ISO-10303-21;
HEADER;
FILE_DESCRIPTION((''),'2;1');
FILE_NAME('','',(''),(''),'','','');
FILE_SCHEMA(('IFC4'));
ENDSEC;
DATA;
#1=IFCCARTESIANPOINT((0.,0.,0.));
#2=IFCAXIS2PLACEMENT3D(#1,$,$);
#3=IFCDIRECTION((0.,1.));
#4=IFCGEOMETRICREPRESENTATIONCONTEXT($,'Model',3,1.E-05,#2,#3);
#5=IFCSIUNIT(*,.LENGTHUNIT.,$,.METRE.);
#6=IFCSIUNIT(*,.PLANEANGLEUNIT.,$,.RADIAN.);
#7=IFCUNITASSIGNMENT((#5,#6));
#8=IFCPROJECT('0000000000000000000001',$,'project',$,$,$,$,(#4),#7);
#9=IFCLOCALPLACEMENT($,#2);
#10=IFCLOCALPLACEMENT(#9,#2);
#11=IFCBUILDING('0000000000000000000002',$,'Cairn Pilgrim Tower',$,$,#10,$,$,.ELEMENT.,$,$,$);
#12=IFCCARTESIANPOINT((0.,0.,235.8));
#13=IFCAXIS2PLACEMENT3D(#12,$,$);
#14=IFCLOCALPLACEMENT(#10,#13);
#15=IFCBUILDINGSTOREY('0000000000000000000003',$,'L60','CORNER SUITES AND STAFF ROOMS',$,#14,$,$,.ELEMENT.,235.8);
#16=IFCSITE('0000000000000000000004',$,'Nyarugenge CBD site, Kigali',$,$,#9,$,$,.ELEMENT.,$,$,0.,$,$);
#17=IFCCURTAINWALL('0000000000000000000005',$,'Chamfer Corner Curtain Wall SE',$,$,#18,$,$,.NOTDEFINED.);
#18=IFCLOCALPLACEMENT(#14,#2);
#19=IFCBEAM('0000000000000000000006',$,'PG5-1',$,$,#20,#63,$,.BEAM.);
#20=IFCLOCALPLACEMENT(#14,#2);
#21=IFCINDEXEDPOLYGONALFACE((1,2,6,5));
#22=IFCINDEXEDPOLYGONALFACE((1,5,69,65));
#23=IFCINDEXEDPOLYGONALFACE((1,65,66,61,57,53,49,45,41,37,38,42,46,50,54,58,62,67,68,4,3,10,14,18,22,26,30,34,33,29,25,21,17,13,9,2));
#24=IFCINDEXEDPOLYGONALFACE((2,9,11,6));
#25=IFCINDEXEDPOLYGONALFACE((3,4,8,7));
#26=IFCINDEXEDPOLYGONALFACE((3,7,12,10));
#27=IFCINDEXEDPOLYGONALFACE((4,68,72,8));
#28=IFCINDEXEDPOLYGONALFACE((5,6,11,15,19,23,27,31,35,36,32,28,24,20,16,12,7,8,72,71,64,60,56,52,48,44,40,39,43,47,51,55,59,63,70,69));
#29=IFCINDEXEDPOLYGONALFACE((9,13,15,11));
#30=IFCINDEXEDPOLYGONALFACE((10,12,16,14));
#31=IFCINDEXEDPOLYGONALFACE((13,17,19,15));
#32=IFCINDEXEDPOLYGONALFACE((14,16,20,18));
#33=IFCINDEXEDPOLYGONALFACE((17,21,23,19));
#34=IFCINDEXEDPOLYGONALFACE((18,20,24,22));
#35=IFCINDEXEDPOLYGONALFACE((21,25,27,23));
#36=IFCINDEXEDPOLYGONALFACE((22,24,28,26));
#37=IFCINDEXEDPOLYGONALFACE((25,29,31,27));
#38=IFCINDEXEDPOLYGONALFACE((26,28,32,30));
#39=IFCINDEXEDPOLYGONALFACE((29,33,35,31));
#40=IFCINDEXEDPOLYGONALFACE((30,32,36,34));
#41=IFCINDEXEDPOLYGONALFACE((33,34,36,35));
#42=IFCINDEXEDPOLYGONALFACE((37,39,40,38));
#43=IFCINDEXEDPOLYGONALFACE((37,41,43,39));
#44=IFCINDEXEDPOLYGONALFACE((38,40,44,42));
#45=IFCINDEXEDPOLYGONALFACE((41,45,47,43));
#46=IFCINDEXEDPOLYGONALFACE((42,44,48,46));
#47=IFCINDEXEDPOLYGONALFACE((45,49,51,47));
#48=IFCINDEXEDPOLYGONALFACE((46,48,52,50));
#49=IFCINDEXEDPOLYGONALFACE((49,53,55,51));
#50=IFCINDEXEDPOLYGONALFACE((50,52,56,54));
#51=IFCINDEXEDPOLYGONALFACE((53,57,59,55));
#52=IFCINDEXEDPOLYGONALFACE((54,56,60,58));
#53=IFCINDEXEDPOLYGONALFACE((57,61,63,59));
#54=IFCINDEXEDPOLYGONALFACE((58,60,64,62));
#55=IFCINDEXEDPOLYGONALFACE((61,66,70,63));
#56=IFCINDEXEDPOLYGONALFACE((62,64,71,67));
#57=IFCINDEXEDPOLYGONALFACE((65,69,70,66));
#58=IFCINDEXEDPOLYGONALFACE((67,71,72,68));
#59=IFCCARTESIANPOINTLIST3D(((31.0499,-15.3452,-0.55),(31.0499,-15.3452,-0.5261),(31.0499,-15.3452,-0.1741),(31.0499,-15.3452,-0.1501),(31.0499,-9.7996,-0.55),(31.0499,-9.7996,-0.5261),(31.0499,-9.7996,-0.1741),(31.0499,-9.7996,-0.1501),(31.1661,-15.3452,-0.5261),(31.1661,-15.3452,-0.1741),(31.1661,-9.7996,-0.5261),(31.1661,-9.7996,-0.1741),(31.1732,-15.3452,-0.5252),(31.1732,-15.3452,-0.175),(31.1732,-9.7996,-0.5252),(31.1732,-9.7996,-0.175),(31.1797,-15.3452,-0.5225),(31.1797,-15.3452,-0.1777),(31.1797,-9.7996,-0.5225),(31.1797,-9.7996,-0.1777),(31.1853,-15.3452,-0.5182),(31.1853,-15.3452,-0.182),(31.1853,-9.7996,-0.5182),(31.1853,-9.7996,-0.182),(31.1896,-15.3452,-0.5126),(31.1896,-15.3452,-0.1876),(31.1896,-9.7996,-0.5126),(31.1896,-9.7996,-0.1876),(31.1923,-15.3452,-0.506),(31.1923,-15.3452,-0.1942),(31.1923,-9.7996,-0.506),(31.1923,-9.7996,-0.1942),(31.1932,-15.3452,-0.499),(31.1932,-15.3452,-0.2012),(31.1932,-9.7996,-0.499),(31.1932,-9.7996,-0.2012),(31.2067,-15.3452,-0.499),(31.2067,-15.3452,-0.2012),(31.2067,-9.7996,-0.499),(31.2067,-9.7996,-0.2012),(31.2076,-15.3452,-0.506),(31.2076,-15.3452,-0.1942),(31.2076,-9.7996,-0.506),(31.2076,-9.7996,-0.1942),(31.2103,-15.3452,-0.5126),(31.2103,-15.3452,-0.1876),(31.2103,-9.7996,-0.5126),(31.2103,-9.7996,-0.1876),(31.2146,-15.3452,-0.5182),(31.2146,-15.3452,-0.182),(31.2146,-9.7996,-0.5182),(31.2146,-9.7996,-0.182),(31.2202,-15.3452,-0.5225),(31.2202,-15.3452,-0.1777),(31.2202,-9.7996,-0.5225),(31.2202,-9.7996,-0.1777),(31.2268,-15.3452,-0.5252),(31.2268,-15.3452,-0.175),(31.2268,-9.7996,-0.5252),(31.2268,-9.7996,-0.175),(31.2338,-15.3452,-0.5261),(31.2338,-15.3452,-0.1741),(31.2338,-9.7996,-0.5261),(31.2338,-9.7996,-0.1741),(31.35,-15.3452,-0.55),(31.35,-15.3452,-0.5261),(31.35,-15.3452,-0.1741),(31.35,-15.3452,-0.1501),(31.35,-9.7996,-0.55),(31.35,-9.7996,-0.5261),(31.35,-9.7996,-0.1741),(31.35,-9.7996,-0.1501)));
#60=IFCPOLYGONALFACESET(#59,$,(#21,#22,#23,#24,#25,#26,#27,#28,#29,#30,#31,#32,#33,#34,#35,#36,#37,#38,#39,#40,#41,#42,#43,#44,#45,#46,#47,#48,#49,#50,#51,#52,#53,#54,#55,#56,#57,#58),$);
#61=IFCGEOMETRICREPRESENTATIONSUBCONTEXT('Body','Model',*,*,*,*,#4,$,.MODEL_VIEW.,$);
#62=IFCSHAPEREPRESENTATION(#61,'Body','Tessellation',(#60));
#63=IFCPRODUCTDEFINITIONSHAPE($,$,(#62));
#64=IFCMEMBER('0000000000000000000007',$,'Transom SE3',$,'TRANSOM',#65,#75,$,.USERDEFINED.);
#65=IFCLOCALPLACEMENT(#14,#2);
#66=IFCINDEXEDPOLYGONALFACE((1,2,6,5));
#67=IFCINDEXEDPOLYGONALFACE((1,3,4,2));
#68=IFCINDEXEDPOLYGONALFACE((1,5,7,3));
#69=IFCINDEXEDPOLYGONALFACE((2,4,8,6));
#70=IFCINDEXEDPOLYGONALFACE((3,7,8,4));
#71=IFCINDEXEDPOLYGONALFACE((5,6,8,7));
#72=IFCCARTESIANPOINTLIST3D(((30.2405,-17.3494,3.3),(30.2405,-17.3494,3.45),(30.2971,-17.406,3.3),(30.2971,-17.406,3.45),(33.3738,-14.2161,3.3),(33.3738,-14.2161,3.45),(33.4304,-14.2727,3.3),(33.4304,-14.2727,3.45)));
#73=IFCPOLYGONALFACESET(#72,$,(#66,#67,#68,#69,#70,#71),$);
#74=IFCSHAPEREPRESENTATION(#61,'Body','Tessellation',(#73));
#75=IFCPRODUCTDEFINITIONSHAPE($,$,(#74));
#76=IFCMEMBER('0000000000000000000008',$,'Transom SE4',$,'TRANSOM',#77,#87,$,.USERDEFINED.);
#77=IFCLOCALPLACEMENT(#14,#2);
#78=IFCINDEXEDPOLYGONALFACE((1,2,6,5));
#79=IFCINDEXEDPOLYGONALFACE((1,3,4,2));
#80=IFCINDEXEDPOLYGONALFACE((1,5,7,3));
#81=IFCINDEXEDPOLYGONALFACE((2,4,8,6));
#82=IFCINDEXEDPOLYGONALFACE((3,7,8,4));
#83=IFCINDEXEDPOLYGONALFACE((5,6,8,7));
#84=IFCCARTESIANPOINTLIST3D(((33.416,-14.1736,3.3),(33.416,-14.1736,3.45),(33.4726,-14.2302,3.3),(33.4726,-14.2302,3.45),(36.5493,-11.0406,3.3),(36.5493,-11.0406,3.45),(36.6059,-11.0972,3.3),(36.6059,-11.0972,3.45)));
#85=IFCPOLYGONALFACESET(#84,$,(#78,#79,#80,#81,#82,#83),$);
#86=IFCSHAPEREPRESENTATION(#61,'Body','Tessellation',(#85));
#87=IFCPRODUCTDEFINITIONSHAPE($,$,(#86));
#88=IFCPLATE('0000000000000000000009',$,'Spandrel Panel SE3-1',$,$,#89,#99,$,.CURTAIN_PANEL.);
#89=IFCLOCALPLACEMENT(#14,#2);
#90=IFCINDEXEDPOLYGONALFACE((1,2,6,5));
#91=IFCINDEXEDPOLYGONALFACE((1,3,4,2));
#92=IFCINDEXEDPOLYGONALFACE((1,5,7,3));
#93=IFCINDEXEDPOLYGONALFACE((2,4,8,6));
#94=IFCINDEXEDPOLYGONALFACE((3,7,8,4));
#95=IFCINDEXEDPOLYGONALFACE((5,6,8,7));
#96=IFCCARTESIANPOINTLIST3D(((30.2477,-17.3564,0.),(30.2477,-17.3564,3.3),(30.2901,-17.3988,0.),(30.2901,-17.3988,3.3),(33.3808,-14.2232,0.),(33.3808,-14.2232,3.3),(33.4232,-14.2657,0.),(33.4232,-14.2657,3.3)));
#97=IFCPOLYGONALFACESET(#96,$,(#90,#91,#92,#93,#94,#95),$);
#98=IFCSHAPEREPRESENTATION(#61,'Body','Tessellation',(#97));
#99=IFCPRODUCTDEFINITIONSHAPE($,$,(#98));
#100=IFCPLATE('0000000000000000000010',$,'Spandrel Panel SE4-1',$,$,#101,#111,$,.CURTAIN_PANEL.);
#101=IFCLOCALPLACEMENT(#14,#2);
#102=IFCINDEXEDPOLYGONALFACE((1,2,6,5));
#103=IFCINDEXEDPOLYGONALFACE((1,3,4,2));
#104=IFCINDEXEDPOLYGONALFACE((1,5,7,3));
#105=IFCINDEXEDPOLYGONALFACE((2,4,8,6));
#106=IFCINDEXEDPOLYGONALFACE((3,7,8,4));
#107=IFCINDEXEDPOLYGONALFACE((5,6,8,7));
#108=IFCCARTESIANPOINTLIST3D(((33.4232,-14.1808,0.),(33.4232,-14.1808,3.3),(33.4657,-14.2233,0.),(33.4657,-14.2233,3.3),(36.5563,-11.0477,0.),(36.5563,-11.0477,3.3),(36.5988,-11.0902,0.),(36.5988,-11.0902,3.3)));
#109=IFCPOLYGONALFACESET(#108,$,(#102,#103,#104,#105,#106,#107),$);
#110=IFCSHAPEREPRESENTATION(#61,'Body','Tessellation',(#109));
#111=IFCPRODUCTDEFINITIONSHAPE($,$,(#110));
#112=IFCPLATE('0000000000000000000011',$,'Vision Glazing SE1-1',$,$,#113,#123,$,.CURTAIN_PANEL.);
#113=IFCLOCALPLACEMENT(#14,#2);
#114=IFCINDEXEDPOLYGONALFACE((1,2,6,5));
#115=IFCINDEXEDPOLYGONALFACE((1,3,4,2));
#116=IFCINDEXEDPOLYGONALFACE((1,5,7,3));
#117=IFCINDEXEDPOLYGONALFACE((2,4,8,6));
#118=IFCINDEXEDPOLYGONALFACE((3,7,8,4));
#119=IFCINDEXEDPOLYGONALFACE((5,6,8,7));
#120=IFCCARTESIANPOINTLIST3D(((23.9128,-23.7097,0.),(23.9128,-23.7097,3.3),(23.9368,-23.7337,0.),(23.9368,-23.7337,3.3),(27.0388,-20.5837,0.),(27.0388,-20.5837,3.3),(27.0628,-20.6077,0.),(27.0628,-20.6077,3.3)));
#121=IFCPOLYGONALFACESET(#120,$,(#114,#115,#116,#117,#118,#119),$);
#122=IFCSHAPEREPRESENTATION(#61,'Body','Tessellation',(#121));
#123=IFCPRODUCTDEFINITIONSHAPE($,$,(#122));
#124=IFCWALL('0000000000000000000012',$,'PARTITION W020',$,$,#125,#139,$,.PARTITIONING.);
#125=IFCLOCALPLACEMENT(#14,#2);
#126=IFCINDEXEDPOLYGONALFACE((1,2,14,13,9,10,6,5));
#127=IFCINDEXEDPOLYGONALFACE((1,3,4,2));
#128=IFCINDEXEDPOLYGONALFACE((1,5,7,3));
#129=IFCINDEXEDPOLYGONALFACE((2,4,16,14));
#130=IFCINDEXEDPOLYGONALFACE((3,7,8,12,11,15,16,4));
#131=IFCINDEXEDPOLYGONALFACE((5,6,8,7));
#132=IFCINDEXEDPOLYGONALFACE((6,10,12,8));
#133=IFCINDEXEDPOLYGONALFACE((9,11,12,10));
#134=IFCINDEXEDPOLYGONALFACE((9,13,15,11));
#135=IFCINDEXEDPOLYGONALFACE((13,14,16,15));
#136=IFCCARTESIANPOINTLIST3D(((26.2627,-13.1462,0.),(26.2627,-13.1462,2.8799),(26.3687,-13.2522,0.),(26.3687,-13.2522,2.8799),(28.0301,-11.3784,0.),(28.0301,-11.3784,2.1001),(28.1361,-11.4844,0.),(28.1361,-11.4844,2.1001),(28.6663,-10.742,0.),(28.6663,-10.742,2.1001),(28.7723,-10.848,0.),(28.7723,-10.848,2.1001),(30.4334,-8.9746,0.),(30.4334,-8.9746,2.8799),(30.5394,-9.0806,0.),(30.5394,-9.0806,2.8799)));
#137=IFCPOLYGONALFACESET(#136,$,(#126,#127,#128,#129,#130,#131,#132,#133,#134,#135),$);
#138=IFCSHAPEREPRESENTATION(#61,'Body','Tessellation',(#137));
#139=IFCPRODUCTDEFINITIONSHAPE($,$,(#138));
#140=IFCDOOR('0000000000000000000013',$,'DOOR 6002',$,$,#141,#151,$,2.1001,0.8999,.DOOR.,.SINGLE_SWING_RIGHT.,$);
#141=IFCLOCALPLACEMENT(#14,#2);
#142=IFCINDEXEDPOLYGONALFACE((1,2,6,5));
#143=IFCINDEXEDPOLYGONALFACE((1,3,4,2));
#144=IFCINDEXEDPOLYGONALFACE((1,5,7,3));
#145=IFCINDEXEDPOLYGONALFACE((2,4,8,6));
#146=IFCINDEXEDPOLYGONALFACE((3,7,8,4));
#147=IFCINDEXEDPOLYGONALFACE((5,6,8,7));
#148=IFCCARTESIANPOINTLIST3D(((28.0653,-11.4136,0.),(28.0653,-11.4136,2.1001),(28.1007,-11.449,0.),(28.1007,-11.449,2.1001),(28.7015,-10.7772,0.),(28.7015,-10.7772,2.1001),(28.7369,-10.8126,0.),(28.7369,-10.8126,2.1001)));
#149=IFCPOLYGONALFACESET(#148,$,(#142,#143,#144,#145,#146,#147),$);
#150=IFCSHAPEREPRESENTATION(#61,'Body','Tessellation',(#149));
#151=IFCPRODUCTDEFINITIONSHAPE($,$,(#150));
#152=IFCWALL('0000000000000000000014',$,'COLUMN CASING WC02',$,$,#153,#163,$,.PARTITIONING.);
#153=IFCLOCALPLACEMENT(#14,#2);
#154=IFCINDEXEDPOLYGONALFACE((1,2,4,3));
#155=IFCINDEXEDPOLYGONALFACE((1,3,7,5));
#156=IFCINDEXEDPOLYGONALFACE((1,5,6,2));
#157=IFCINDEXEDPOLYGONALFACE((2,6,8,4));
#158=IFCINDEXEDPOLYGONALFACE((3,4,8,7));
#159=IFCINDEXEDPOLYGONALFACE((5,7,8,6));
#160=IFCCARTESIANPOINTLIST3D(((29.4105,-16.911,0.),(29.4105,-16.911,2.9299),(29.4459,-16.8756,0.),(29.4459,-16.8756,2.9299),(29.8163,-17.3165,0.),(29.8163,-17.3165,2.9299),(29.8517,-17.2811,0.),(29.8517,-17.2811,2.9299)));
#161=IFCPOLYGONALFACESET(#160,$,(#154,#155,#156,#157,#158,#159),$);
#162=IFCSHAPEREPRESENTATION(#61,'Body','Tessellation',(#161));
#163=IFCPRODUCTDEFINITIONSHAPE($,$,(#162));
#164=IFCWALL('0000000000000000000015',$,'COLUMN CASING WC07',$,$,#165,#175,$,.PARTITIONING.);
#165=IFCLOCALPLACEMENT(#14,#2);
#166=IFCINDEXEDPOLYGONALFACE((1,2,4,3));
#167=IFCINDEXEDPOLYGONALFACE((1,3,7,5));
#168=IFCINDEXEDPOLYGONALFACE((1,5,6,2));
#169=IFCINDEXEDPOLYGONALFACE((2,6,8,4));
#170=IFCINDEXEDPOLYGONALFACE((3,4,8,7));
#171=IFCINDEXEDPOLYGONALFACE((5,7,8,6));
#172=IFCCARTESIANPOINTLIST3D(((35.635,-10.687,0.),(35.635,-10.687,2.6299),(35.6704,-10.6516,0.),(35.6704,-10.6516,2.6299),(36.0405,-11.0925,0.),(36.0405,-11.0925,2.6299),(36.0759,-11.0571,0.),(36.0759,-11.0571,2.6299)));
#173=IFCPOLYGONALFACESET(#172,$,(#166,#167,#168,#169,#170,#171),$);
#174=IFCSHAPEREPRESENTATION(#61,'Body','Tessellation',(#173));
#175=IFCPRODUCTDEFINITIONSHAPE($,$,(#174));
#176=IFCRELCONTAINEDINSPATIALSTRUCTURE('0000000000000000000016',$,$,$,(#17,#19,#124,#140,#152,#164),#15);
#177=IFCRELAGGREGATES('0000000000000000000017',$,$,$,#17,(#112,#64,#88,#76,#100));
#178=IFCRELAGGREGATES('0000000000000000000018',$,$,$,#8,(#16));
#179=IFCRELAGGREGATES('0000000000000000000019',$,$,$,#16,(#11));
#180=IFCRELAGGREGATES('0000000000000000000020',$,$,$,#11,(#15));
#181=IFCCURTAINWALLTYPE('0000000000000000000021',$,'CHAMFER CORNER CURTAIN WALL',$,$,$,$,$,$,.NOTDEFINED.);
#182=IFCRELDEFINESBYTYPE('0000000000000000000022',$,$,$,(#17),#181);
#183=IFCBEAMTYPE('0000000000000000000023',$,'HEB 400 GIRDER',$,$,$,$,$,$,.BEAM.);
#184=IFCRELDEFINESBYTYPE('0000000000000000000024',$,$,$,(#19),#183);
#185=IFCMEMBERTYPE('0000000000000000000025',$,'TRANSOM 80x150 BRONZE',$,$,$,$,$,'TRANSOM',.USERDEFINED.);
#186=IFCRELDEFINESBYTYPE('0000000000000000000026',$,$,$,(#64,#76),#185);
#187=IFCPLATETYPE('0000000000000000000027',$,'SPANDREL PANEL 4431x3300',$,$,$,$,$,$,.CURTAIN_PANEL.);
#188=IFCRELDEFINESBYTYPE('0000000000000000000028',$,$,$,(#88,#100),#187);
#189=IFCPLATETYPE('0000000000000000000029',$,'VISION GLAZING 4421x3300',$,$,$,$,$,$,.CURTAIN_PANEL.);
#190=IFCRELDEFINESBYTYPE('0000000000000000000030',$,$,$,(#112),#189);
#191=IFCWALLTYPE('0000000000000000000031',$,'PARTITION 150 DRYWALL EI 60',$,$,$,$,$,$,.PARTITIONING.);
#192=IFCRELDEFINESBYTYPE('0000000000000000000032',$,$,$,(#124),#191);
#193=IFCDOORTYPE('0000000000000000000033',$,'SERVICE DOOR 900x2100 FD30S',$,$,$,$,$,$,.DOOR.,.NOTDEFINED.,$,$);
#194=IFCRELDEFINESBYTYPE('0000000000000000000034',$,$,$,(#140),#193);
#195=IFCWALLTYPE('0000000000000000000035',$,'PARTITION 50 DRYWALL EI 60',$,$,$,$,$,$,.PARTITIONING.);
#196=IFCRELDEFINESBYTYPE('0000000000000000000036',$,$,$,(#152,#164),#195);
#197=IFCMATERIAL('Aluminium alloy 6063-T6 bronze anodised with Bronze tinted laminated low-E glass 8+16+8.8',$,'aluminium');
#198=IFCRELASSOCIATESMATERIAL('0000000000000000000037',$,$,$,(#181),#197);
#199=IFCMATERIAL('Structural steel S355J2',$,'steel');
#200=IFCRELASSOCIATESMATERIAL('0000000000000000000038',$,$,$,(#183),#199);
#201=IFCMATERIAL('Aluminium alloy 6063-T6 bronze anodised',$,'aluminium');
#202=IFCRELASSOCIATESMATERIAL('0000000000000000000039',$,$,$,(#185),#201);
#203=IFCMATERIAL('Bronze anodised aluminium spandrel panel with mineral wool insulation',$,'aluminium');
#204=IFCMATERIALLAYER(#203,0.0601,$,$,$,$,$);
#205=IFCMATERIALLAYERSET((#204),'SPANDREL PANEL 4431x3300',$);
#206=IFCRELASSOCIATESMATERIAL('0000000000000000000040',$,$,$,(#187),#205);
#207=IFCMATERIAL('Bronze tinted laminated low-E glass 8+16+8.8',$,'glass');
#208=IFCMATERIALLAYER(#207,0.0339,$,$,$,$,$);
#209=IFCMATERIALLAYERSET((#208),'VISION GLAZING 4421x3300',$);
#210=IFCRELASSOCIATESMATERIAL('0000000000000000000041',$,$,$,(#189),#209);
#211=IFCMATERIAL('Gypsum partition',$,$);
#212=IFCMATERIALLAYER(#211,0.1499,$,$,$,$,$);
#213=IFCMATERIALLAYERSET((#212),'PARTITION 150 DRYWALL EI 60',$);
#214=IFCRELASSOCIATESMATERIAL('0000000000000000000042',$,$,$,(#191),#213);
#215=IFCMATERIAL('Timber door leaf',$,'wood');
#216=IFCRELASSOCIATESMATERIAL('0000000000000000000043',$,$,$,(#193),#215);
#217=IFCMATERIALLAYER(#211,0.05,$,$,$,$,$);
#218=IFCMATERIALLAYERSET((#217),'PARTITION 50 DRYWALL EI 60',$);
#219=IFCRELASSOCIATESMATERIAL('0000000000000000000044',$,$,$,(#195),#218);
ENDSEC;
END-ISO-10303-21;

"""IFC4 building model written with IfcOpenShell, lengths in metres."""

from ifc_helpers import new_model, si_unit, direction, frame, frame_2d, origin, origin_2d, place, context, subcontext, project, spatial, rectangle, i_section, extrude, material, layer, layer_set, material_profile, profile_set, type_object, element, fill, aggregate, save


model = new_model("IFC4")

# Units and contexts
model_context = context("Model", 3, precision=1e-05, world=origin(), true_north=direction((0.0, 1.0)))
body_context = subcontext(model_context, "Body", "Model", "MODEL_VIEW")
ifc_project = project(units=[si_unit("LENGTHUNIT", "METRE"), si_unit("PLANEANGLEUNIT", "RADIAN")], contexts=[model_context])

# Site, building, storey
site_placement = place(None, origin())
site = spatial("IfcSite", under=ifc_project, at=site_placement, Name="Nyarugenge CBD site, Kigali", CompositionType="ELEMENT", RefElevation=0.0)
building_placement = place(site_placement, origin())
building = spatial("IfcBuilding", under=site, at=building_placement, Name="Cairn Pilgrim Tower", CompositionType="ELEMENT")
storey_placement = place(building_placement, frame((0.0, 0.0, 235.8)))
storey = spatial("IfcBuildingStorey", under=building, at=storey_placement, Name="L60", Description="CORNER SUITES AND STAFF ROOMS", CompositionType="ELEMENT", Elevation=235.8)

# Shared definitions
ifc_material_1 = material(Name="Structural steel S355J2", Category="steel")

# Curtain wall
ifc_material_2 = material(Name="Aluminium alloy 6063-T6 bronze anodised with Bronze tinted laminated low-E glass 8+16+8.8", Category="aluminium")
curtain_wall_type = type_object("IfcCurtainWallType", Name="CHAMFER CORNER CURTAIN WALL", PredefinedType="NOTDEFINED", material=ifc_material_2)
curtain_wall_placement = place(storey_placement, origin())
curtain_wall = element("IfcCurtainWall", 1, at=curtain_wall_placement, inside=storey, type_object=curtain_wall_type, Name="Chamfer Corner Curtain Wall SE", PredefinedType="NOTDEFINED")
ifc_material_3 = material(Name="Aluminium alloy 6063-T6 bronze anodised", Category="aluminium")

# Beam
ifc_material_profile_1 = material_profile(ifc_material_1, i_section(OverallWidth=0.3, OverallDepth=0.3999, WebThickness=0.0134, FlangeThickness=0.0239, FilletRadius=0.0271, at=origin_2d()), Name="HEB 400")
ifc_profile_set_1 = profile_set([ifc_material_profile_1], Name="Structural steel S355J2")
beam_type_1 = type_object("IfcBeamType", Name="HEB 400 GIRDER", PredefinedType="BEAM", material=ifc_profile_set_1)
beam_placement = place(storey_placement, frame((31.2, -15.3452, -0.3501), z_axis=(0.0, 1.0, 0.0), x_axis=(-1.0, 0.0, 0.0)))
element("IfcBeam", 2, at=beam_placement, inside=storey, type_object=beam_type_1, Name="PG5-1", PredefinedType="BEAM", context=body_context, shape_type="SweptSolid", body=[
    extrude(i_section(OverallWidth=0.3, OverallDepth=0.3999, WebThickness=0.0134, FlangeThickness=0.0239, FilletRadius=0.0271, at=origin_2d()), origin(), (0.0, 0.0, 1.0), 5.5457),
])

# Members
ifc_material_profile_2 = material_profile(ifc_material_3, rectangle(XDim=0.0801, YDim=0.1499, at=origin_2d()), Name="TRANSOM 80x150 BRONZE")
ifc_profile_set_2 = profile_set([ifc_material_profile_2], Name="Aluminium alloy 6063-T6 bronze anodised")
member_type_1 = type_object("IfcMemberType", Name="TRANSOM 80x150 BRONZE", ElementType="TRANSOM", PredefinedType="USERDEFINED", material=ifc_profile_set_2)
member_1_placement = place(storey_placement, frame((30.2688, -17.3777, 3.375), z_axis=(0.707107, 0.707107, 0.0), x_axis=(-0.707107, 0.707107, 0.0)))
member_1 = element("IfcMember", 3, at=member_1_placement, type_object=member_type_1, Name="Transom SE3", ObjectType="TRANSOM", PredefinedType="USERDEFINED", context=body_context, shape_type="SweptSolid", body=[
    extrude(rectangle(XDim=0.0801, YDim=0.1499, at=origin_2d()), origin(), (0.0, 0.0, 1.0), 4.4312),
])
member_2_placement = place(storey_placement, frame((33.4443, -14.2019, 3.375), z_axis=(0.707134, 0.707079, 0.0), x_axis=(-0.707079, 0.707134, 0.0)))
member_2 = element("IfcMember", 4, at=member_2_placement, type_object=member_type_1, Name="Transom SE4", ObjectType="TRANSOM", PredefinedType="USERDEFINED", context=body_context, shape_type="SweptSolid", body=[
    extrude(rectangle(XDim=0.0801, YDim=0.1499, at=origin_2d()), origin(), (0.0, 0.0, 1.0), 4.4309),
])

# Plates
ifc_material_4 = material(Name="Bronze anodised aluminium spandrel panel with mineral wool insulation", Category="aluminium")
ifc_layer_1 = layer(ifc_material_4, 0.0601)
ifc_layer_set_1 = layer_set([ifc_layer_1], Name="SPANDREL PANEL 4431x3300")
plate_type_1 = type_object("IfcPlateType", Name="SPANDREL PANEL 4431x3300", PredefinedType="CURTAIN_PANEL", material=ifc_layer_set_1)
plate_1_placement = place(storey_placement, frame((31.8354, -15.811, 0.0), z_axis=(0.0, 0.0, 1.0), x_axis=(0.707107, 0.707107, 0.0)))
plate_1 = element("IfcPlate", 5, at=plate_1_placement, type_object=plate_type_1, Name="Spandrel Panel SE3-1", PredefinedType="CURTAIN_PANEL", context=body_context, shape_type="SweptSolid", body=[
    extrude(rectangle(XDim=4.4309, YDim=0.0601, at=origin_2d()), origin(), (0.0, 0.0, 1.0), 3.3),
])
plate_2_placement = place(storey_placement, frame((35.011, -12.6355, 0.0), z_axis=(0.0, 0.0, 1.0), x_axis=(0.707107, 0.707107, 0.0)))
plate_2 = element("IfcPlate", 6, at=plate_2_placement, type_object=plate_type_1, Name="Spandrel Panel SE4-1", PredefinedType="CURTAIN_PANEL", context=body_context, shape_type="SweptSolid", body=[
    extrude(rectangle(XDim=4.4309, YDim=0.0601, at=origin_2d()), origin(), (0.0, 0.0, 1.0), 3.3),
])
ifc_material_5 = material(Name="Bronze tinted laminated low-E glass 8+16+8.8", Category="glass")
ifc_layer_2 = layer(ifc_material_5, 0.0339)
ifc_layer_set_2 = layer_set([ifc_layer_2], Name="VISION GLAZING 4421x3300")
plate_type_2 = type_object("IfcPlateType", Name="VISION GLAZING 4421x3300", PredefinedType="CURTAIN_PANEL", material=ifc_layer_set_2)
plate_3_placement = place(storey_placement, frame((25.4878, -22.1587, 0.0), z_axis=(0.0, 0.0, 1.0), x_axis=(0.707107, 0.707107, 0.0)))
plate_3 = element("IfcPlate", 7, at=plate_3_placement, type_object=plate_type_2, Name="Vision Glazing SE1-1", PredefinedType="CURTAIN_PANEL", context=body_context, shape_type="SweptSolid", body=[
    extrude(rectangle(XDim=4.4209, YDim=0.0339, at=origin_2d()), origin(), (0.0, 0.0, 1.0), 3.3),
])
aggregate(curtain_wall, [plate_3, member_1, plate_1, member_2, plate_2])

# Wall, opening, door
ifc_material_6 = material(Name="Gypsum partition")
ifc_layer_3 = layer(ifc_material_6, 0.1499)
ifc_layer_set_3 = layer_set([ifc_layer_3], Name="PARTITION 150 DRYWALL EI 60")
wall_type_1 = type_object("IfcWallType", Name="PARTITION 150 DRYWALL EI 60", PredefinedType="PARTITIONING", material=ifc_layer_set_3)
wall_1_placement = place(storey_placement, frame((26.3157, -13.1992, 0.0), z_axis=(0.0, 0.0, 1.0), x_axis=(0.707024, 0.70719, 0.0)))
wall_1 = element("IfcWall", 8, at=wall_1_placement, inside=storey, type_object=wall_type_1, Name="PARTITION W020", PredefinedType="PARTITIONING", context=body_context, shape_type="SweptSolid", body=[
    extrude(rectangle(XDim=5.8989, YDim=0.1499, at=frame_2d((2.9495, 0.0))), origin(), (0.0, 0.0, 1.0), 2.8799),
])
opening_1_placement = place(wall_1_placement, frame((2.4998, 0.0, 0.0)))
opening_1 = element("IfcOpeningElement", 9, at=opening_1_placement, cuts=wall_1, PredefinedType="OPENING", context=body_context, shape_type="SweptSolid", body=[
    extrude(rectangle(XDim=0.8999, YDim=2.1001, at=frame_2d((0.45, 1.05))), frame((0.0, 0.085, 0.0), z_axis=(0.0, -1.0, 0.0), x_axis=(1.0, 0.0, 0.0)), (0.0, 0.0, 1.0), 0.1699),
])
ifc_material_7 = material(Name="Timber door leaf", Category="wood")
door_type_1 = type_object("IfcDoorType", Name="SERVICE DOOR 900x2100 FD30S", OperationType="NOTDEFINED", PredefinedType="DOOR", material=ifc_material_7)
door_1_placement = place(opening_1_placement, frame((0.8999, 0.0, 0.0), z_axis=(0.0, 0.0, 1.0), x_axis=(-1.0, 0.0, 0.0)))
door_1 = element("IfcDoor", 10, at=door_1_placement, inside=storey, type_object=door_type_1, Name="DOOR 6002", OperationType="SINGLE_SWING_RIGHT", OverallHeight=2.1001, OverallWidth=0.8999, PredefinedType="DOOR", context=body_context, shape_type="SweptSolid", body=[
    extrude(rectangle(XDim=0.8999, YDim=2.1001, at=frame_2d((0.45, 1.05))), frame((0.0, 0.0249, 0.0), z_axis=(0.0, -1.0, 0.0), x_axis=(1.0, 0.0, 0.0)), (0.0, 0.0, 1.0), 0.05),
])
fill(opening_1, door_1)

# Walls
ifc_layer_4 = layer(ifc_material_6, 0.05)
ifc_layer_set_4 = layer_set([ifc_layer_4], Name="PARTITION 50 DRYWALL EI 60")
wall_type_2 = type_object("IfcWallType", Name="PARTITION 50 DRYWALL EI 60", PredefinedType="PARTITIONING", material=ifc_layer_set_4)
wall_2_placement = place(storey_placement, frame((29.834, -17.2988, 0.0), z_axis=(0.0, 0.0, 1.0), x_axis=(-0.70732, 0.706894, 0.0)))
element("IfcWall", 11, at=wall_2_placement, inside=storey, type_object=wall_type_2, Name="COLUMN CASING WC02", PredefinedType="PARTITIONING", context=body_context, shape_type="SweptSolid", body=[
    extrude(rectangle(XDim=0.5737, YDim=0.05, at=frame_2d((0.2869, 0.0))), origin(), (0.0, 0.0, 1.0), 2.9299),
])
wall_3_placement = place(storey_placement, frame((36.0581, -11.0747, 0.0), z_axis=(0.0, 0.0, 1.0), x_axis=(-0.707107, 0.707107, 0.0)))
element("IfcWall", 12, at=wall_3_placement, inside=storey, type_object=wall_type_2, Name="COLUMN CASING WC07", PredefinedType="PARTITIONING", context=body_context, shape_type="SweptSolid", body=[
    extrude(rectangle(XDim=0.5735, YDim=0.05, at=frame_2d((0.2866, 0.0))), origin(), (0.0, 0.0, 1.0), 2.6299),
])

save(model, "model.ifc")
